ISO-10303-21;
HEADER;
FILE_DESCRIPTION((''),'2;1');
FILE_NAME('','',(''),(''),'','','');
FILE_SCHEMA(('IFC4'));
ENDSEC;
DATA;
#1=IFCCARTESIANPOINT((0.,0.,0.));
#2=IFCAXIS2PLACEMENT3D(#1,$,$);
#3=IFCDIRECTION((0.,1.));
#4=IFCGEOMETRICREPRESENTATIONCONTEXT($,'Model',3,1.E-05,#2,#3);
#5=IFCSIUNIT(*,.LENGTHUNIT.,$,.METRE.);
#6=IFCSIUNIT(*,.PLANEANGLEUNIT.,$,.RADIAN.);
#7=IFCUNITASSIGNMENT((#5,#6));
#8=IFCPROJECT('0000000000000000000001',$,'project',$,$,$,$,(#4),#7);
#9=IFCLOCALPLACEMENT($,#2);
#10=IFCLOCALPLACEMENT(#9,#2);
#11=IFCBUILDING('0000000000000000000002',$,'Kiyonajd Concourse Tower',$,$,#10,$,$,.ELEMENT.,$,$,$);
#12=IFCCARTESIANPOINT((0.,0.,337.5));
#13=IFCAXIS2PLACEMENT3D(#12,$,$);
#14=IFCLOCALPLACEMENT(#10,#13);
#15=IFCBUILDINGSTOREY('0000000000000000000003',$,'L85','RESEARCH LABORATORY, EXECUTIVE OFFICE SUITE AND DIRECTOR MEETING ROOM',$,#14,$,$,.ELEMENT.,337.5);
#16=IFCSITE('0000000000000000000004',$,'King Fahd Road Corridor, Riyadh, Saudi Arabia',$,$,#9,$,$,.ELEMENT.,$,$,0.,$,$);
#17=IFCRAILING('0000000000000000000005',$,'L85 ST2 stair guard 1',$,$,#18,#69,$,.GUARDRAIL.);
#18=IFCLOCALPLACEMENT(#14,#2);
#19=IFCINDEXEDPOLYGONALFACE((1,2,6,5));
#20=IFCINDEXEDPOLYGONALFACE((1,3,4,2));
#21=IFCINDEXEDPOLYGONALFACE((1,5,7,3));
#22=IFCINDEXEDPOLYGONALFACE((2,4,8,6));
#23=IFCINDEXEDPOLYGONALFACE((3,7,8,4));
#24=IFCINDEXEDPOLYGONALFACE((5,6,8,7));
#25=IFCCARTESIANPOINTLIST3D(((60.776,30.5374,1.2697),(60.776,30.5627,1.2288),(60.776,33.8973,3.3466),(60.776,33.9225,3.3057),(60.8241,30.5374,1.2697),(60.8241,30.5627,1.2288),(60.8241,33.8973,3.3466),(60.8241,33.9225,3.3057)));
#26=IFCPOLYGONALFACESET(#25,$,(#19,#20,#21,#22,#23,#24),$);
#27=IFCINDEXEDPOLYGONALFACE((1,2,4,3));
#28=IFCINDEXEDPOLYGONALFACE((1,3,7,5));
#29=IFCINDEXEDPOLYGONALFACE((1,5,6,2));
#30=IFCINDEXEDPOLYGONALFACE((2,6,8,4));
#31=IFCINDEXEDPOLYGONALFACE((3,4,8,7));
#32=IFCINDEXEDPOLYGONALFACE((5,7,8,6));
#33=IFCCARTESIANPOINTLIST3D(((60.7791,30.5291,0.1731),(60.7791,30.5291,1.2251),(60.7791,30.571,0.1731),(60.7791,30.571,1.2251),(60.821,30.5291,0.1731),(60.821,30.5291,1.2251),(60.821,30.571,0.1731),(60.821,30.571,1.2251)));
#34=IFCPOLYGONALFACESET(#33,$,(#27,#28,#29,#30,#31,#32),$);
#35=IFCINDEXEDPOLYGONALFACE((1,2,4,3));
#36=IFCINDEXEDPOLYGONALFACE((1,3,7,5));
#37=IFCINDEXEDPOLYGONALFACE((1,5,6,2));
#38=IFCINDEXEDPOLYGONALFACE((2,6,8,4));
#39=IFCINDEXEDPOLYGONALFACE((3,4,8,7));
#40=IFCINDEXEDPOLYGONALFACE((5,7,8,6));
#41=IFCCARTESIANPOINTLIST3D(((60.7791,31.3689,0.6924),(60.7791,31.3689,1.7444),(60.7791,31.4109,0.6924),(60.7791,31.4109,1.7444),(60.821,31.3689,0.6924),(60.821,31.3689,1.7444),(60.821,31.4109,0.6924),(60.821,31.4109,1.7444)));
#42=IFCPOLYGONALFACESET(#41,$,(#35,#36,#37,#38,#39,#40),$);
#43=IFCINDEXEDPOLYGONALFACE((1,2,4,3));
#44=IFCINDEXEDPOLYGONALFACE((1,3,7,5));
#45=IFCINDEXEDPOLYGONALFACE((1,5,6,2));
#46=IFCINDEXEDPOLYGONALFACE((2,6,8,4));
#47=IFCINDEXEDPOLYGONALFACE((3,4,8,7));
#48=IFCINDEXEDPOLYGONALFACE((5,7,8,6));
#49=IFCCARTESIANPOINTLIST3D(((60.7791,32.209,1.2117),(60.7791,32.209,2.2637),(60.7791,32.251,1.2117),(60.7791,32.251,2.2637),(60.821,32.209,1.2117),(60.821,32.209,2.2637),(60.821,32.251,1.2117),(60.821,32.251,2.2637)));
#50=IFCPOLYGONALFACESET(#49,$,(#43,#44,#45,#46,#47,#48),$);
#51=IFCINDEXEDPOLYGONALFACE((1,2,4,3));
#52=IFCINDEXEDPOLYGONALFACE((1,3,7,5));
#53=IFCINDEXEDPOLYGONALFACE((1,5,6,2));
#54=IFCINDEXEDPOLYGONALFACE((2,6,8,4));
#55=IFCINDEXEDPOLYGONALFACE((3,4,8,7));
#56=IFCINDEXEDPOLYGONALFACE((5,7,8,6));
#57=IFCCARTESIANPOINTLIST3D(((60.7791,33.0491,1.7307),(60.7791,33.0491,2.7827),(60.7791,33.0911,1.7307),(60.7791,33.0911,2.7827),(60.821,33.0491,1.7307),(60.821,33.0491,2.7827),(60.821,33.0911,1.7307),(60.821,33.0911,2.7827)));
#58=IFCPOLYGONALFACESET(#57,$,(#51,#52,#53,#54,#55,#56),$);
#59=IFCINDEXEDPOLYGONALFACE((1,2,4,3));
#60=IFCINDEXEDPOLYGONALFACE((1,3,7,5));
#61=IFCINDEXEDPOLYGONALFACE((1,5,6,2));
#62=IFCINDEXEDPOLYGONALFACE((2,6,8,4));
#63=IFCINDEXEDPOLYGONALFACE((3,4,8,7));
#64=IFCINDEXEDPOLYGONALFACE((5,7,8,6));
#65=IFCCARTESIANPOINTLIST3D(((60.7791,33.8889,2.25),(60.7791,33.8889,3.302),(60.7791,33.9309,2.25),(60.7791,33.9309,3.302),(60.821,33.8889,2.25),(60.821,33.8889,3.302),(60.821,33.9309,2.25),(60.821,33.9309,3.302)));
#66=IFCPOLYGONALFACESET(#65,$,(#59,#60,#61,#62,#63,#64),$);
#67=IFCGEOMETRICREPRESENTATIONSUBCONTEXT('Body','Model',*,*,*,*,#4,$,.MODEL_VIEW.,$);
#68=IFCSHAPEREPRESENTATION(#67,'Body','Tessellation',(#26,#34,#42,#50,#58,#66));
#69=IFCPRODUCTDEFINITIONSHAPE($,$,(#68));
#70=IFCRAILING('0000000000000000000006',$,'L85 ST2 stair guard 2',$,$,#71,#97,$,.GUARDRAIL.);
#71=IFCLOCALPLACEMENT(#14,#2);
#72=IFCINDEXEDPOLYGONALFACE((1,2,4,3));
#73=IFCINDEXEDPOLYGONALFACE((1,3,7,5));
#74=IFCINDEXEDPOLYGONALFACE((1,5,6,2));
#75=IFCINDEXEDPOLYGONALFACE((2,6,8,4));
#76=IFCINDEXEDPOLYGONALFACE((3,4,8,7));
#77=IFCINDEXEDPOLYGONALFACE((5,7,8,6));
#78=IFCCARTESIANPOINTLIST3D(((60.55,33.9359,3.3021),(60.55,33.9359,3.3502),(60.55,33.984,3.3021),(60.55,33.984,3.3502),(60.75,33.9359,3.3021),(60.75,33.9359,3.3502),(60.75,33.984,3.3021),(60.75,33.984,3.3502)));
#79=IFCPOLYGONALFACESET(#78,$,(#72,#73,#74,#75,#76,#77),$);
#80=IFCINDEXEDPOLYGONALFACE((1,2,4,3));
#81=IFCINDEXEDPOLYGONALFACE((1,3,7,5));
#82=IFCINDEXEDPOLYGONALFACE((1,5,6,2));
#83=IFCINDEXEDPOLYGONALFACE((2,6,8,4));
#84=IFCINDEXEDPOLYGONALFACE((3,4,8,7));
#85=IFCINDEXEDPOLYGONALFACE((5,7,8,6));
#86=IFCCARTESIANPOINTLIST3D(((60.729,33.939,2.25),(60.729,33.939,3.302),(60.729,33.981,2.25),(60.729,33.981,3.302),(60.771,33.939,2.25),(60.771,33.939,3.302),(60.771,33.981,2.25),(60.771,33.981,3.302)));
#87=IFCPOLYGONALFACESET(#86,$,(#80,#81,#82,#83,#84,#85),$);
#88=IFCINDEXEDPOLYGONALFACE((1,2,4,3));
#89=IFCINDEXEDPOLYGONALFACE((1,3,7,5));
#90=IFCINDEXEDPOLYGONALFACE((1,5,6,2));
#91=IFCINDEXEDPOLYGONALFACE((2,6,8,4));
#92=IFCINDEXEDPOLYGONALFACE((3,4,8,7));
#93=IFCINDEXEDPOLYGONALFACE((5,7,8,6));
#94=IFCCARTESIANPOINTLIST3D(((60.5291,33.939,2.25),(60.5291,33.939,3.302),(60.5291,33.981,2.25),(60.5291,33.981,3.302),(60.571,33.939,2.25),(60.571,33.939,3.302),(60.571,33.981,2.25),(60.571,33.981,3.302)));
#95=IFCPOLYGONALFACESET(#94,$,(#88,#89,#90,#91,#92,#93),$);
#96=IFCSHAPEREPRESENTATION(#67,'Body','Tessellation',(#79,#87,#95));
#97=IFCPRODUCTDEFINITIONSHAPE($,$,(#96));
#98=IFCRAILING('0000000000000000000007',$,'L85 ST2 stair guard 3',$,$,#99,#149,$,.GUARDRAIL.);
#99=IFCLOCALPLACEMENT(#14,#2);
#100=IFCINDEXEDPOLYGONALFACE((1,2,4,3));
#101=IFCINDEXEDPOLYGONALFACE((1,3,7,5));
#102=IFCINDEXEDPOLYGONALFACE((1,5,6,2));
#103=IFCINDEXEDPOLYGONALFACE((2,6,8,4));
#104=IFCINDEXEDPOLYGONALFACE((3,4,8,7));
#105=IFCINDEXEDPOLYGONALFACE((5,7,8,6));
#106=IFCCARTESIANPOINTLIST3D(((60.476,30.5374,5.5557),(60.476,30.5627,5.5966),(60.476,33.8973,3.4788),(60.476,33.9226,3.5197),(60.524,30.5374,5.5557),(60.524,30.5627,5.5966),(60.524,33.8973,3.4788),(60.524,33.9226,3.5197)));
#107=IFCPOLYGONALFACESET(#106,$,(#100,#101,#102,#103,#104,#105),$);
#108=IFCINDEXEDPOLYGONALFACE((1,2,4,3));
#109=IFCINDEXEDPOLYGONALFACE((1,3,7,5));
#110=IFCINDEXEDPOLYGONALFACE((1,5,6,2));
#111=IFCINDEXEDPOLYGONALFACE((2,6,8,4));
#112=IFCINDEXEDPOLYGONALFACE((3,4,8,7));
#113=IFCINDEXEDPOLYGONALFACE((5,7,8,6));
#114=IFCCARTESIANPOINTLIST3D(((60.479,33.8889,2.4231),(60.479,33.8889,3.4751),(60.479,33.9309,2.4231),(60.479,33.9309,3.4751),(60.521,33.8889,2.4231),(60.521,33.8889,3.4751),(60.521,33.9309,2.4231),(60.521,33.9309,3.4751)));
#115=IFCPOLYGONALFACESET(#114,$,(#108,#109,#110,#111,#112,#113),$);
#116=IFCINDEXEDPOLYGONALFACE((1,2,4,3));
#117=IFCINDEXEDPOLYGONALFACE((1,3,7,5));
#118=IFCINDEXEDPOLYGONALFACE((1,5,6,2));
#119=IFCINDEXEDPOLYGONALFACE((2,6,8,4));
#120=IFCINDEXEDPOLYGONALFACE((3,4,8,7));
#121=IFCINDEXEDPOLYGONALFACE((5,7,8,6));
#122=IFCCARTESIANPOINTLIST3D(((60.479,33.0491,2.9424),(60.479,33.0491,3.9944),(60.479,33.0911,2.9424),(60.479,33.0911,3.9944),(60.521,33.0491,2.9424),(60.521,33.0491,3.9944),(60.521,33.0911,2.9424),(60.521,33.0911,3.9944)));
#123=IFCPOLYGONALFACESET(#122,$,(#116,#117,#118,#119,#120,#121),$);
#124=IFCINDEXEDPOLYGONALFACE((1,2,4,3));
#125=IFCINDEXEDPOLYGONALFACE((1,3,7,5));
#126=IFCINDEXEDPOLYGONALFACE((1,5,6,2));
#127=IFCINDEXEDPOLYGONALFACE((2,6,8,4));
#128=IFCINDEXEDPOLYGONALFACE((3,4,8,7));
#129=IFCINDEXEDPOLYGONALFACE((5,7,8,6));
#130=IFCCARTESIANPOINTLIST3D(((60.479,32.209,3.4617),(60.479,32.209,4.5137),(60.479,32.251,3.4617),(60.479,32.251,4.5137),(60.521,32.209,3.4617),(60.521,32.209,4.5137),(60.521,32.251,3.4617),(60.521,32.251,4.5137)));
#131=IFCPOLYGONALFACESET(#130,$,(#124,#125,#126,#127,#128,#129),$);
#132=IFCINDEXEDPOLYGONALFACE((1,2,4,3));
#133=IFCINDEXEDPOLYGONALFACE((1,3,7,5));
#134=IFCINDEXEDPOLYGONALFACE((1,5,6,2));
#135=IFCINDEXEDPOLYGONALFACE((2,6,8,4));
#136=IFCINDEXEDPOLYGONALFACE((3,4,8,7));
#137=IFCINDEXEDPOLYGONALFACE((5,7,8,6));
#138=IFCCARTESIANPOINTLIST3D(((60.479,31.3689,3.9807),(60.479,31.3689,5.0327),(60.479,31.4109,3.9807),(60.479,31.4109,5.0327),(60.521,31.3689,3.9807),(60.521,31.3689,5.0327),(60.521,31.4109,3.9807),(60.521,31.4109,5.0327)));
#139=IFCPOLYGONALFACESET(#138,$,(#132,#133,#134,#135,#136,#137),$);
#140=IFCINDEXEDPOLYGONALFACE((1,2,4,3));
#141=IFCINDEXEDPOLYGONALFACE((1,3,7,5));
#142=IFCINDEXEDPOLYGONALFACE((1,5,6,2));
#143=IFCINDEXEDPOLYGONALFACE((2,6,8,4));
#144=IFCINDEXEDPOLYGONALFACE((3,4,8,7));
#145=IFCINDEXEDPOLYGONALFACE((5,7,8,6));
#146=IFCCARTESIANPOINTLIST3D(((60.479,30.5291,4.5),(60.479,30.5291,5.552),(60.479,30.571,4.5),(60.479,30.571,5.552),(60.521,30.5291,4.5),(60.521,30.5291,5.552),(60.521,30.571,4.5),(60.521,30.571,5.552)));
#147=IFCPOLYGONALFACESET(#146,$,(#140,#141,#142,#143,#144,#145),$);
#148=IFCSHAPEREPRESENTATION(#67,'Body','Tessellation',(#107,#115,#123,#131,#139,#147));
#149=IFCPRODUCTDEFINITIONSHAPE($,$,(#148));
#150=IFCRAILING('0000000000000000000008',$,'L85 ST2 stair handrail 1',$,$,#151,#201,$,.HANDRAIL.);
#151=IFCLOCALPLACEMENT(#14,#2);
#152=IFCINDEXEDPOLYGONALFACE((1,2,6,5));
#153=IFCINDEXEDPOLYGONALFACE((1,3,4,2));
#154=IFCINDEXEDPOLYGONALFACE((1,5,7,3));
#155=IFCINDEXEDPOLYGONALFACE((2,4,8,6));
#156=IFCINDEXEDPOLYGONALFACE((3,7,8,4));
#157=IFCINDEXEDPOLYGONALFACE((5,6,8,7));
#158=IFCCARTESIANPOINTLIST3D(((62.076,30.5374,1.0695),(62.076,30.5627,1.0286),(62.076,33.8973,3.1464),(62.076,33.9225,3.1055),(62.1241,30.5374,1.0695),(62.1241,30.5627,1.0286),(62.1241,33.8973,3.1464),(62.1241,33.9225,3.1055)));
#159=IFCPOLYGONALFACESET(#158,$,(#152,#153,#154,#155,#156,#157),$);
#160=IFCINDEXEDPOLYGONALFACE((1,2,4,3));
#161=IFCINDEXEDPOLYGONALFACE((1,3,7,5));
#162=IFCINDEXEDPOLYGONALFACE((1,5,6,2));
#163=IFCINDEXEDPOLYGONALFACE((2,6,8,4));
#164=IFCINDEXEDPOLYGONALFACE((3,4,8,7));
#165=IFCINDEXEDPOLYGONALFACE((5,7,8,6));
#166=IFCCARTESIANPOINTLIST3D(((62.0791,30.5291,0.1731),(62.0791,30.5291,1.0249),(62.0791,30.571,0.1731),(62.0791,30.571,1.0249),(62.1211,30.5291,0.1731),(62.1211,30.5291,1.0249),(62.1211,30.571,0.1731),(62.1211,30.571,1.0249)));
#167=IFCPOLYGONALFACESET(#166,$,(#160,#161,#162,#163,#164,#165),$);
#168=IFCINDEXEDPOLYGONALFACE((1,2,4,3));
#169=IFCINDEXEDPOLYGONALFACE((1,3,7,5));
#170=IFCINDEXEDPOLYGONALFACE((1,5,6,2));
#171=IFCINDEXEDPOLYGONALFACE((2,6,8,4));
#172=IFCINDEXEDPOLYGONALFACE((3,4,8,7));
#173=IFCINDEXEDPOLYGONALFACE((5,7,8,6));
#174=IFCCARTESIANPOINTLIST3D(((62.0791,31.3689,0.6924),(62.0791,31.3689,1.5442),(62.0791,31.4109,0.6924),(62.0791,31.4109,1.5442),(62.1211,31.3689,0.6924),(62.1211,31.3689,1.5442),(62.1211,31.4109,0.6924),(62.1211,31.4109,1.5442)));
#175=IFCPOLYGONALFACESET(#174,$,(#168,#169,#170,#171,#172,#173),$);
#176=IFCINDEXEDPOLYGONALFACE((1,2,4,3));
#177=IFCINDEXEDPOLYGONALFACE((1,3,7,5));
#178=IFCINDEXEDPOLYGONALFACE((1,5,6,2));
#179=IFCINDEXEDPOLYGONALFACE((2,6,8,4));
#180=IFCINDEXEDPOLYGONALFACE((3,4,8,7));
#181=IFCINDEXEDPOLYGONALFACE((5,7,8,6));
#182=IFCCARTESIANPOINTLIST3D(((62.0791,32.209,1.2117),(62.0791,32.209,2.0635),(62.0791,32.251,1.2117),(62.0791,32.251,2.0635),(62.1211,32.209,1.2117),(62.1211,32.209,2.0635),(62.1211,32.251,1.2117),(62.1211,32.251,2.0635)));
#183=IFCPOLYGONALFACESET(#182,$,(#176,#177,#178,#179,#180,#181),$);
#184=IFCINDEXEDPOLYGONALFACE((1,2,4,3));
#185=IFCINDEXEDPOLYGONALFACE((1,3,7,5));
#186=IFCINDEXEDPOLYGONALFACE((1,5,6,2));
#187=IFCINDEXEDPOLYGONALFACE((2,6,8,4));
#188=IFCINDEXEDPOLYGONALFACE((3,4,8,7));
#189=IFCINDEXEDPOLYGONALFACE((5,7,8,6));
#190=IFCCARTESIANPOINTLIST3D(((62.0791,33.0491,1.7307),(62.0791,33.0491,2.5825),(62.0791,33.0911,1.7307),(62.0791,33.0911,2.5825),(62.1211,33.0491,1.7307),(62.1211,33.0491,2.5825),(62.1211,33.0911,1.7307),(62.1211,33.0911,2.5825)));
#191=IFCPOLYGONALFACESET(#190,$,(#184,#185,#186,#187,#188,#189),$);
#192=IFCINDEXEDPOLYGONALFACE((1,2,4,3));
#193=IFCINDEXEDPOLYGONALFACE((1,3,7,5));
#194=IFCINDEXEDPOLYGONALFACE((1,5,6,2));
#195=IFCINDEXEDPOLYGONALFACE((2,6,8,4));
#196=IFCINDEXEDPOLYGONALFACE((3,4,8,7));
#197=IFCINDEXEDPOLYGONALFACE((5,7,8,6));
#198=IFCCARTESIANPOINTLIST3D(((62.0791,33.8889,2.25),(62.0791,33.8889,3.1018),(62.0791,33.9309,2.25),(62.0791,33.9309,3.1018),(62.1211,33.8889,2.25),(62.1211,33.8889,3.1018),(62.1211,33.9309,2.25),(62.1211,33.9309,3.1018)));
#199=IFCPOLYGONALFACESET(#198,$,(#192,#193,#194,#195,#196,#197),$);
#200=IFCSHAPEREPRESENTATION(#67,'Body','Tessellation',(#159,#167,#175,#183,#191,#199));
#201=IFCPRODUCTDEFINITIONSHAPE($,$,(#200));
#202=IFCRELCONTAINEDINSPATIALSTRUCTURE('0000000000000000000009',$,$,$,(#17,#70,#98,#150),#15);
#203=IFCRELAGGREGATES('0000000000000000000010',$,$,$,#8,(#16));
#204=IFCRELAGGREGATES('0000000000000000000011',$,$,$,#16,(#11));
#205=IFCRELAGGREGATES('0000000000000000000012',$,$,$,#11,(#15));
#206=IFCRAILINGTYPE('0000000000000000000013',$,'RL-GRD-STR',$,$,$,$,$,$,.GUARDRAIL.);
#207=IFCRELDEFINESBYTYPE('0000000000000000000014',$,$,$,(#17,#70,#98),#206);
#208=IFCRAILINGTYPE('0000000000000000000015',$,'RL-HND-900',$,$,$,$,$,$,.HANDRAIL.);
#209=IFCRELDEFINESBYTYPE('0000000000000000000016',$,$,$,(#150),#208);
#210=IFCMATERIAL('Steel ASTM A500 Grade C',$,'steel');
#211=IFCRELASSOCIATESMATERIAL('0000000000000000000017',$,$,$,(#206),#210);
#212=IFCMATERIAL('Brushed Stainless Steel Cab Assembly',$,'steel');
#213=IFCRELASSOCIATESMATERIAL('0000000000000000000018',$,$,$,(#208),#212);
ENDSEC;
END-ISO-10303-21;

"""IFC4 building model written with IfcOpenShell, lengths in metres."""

from ifc_helpers import new_model, si_unit, direction, frame, origin, origin_2d, place, context, subcontext, project, spatial, rectangle, extrude, material, type_object, element, save


model = new_model("IFC4")

# Units and contexts
model_context = context("Model", 3, precision=1e-05, world=origin(), true_north=direction((0.0, 1.0)))
body_context = subcontext(model_context, "Body", "Model", "MODEL_VIEW")
ifc_project = project(units=[si_unit("LENGTHUNIT", "METRE"), si_unit("PLANEANGLEUNIT", "RADIAN")], contexts=[model_context])

# Site, building, storey
site_placement = place(None, origin())
site = spatial("IfcSite", under=ifc_project, at=site_placement, Name="King Fahd Road Corridor, Riyadh, Saudi Arabia", CompositionType="ELEMENT", RefElevation=0.0)
building_placement = place(site_placement, origin())
building = spatial("IfcBuilding", under=site, at=building_placement, Name="Kiyonajd Concourse Tower", CompositionType="ELEMENT")
storey_placement = place(building_placement, frame((0.0, 0.0, 337.5)))
storey = spatial("IfcBuildingStorey", under=building, at=storey_placement, Name="L85", Description="RESEARCH LABORATORY, EXECUTIVE OFFICE SUITE AND DIRECTOR MEETING ROOM", CompositionType="ELEMENT", Elevation=337.5)

# Shared definitions
ifc_material_1 = material(Name="Brushed Stainless Steel Cab Assembly", Category="steel")

# Railings
ifc_material_2 = material(Name="Steel ASTM A500 Grade C", Category="steel")
railing_type_1 = type_object("IfcRailingType", Name="RL-GRD-STR", PredefinedType="GUARDRAIL", material=ifc_material_2)
railing_1_placement = place(storey_placement, frame((60.8, 30.55, 0.1731)))
element("IfcRailing", 1, at=railing_1_placement, inside=storey, type_object=railing_type_1, Name="L85 ST2 stair guard 1", PredefinedType="GUARDRAIL", context=body_context, shape_type="SweptSolid", body=[
    extrude(rectangle(XDim=0.0481, YDim=0.0481, at=origin_2d()), frame((0.0, 0.0, 1.0762), z_axis=(0.0, 0.850606, 0.525803), x_axis=(-1.0, 0.0, 0.0)), (0.0, 0.0, 1.0), 3.95),
    extrude(rectangle(XDim=0.042, YDim=0.042, at=origin_2d()), origin(), (0.0, 0.0, 1.0), 1.052),
    extrude(rectangle(XDim=0.042, YDim=0.042, at=origin_2d()), frame((0.0, 0.8398, 0.5193)), (0.0, 0.0, 1.0), 1.052),
    extrude(rectangle(XDim=0.042, YDim=0.042, at=origin_2d()), frame((0.0, 1.6799, 1.0386)), (0.0, 0.0, 1.0), 1.052),
    extrude(rectangle(XDim=0.042, YDim=0.042, at=origin_2d()), frame((0.0, 2.52, 1.5576)), (0.0, 0.0, 1.0), 1.052),
    extrude(rectangle(XDim=0.042, YDim=0.042, at=origin_2d()), frame((0.0, 3.3599, 2.0769)), (0.0, 0.0, 1.0), 1.052),
])
railing_2_placement = place(storey_placement, frame((60.75, 33.96, 2.25)))
element("IfcRailing", 2, at=railing_2_placement, inside=storey, type_object=railing_type_1, Name="L85 ST2 stair guard 2", PredefinedType="GUARDRAIL", context=body_context, shape_type="SweptSolid", body=[
    extrude(rectangle(XDim=0.0481, YDim=0.0481, at=origin_2d()), frame((0.0, 0.0, 1.0762), z_axis=(-1.0, 0.0, 0.0), x_axis=(0.0, -1.0, 0.0)), (0.0, 0.0, 1.0), 0.2),
    extrude(rectangle(XDim=0.042, YDim=0.042, at=origin_2d()), origin(), (0.0, 0.0, 1.0), 1.052),
    extrude(rectangle(XDim=0.042, YDim=0.042, at=origin_2d()), frame((-0.2, 0.0, 0.0)), (0.0, 0.0, 1.0), 1.052),
])
railing_3_placement = place(storey_placement, frame((60.5, 33.9099, 2.4231)))
element("IfcRailing", 3, at=railing_3_placement, inside=storey, type_object=railing_type_1, Name="L85 ST2 stair guard 3", PredefinedType="GUARDRAIL", context=body_context, shape_type="SweptSolid", body=[
    extrude(rectangle(XDim=0.0481, YDim=0.0481, at=origin_2d()), frame((0.0, 0.0, 1.0762), z_axis=(0.0, -0.850606, 0.525803), x_axis=(1.0, 0.0, 0.0)), (0.0, 0.0, 1.0), 3.95),
    extrude(rectangle(XDim=0.042, YDim=0.042, at=origin_2d()), origin(), (0.0, 0.0, 1.0), 1.052),
    extrude(rectangle(XDim=0.042, YDim=0.042, at=origin_2d()), frame((0.0, -0.8398, 0.5193)), (0.0, 0.0, 1.0), 1.052),
    extrude(rectangle(XDim=0.042, YDim=0.042, at=origin_2d()), frame((0.0, -1.6799, 1.0386)), (0.0, 0.0, 1.0), 1.052),
    extrude(rectangle(XDim=0.042, YDim=0.042, at=origin_2d()), frame((0.0, -2.52, 1.5576)), (0.0, 0.0, 1.0), 1.052),
    extrude(rectangle(XDim=0.042, YDim=0.042, at=origin_2d()), frame((0.0, -3.3599, 2.0769)), (0.0, 0.0, 1.0), 1.052),
])
railing_type_2 = type_object("IfcRailingType", Name="RL-HND-900", PredefinedType="HANDRAIL", material=ifc_material_1)
railing_4_placement = place(storey_placement, frame((62.1001, 30.55, 0.1731)))
element("IfcRailing", 4, at=railing_4_placement, inside=storey, type_object=railing_type_2, Name="L85 ST2 stair handrail 1", PredefinedType="HANDRAIL", context=body_context, shape_type="SweptSolid", body=[
    extrude(rectangle(XDim=0.0481, YDim=0.0481, at=origin_2d()), frame((0.0, 0.0, 0.876), z_axis=(0.0, 0.850606, 0.525803), x_axis=(-1.0, 0.0, 0.0)), (0.0, 0.0, 1.0), 3.95),
    extrude(rectangle(XDim=0.042, YDim=0.042, at=origin_2d()), origin(), (0.0, 0.0, 1.0), 0.8518),
    extrude(rectangle(XDim=0.042, YDim=0.042, at=origin_2d()), frame((0.0, 0.8398, 0.5193)), (0.0, 0.0, 1.0), 0.8518),
    extrude(rectangle(XDim=0.042, YDim=0.042, at=origin_2d()), frame((0.0, 1.6799, 1.0386)), (0.0, 0.0, 1.0), 0.8518),
    extrude(rectangle(XDim=0.042, YDim=0.042, at=origin_2d()), frame((0.0, 2.52, 1.5576)), (0.0, 0.0, 1.0), 0.8518),
    extrude(rectangle(XDim=0.042, YDim=0.042, at=origin_2d()), frame((0.0, 3.3599, 2.0769)), (0.0, 0.0, 1.0), 0.8518),
])

save(model, "model.ifc")
